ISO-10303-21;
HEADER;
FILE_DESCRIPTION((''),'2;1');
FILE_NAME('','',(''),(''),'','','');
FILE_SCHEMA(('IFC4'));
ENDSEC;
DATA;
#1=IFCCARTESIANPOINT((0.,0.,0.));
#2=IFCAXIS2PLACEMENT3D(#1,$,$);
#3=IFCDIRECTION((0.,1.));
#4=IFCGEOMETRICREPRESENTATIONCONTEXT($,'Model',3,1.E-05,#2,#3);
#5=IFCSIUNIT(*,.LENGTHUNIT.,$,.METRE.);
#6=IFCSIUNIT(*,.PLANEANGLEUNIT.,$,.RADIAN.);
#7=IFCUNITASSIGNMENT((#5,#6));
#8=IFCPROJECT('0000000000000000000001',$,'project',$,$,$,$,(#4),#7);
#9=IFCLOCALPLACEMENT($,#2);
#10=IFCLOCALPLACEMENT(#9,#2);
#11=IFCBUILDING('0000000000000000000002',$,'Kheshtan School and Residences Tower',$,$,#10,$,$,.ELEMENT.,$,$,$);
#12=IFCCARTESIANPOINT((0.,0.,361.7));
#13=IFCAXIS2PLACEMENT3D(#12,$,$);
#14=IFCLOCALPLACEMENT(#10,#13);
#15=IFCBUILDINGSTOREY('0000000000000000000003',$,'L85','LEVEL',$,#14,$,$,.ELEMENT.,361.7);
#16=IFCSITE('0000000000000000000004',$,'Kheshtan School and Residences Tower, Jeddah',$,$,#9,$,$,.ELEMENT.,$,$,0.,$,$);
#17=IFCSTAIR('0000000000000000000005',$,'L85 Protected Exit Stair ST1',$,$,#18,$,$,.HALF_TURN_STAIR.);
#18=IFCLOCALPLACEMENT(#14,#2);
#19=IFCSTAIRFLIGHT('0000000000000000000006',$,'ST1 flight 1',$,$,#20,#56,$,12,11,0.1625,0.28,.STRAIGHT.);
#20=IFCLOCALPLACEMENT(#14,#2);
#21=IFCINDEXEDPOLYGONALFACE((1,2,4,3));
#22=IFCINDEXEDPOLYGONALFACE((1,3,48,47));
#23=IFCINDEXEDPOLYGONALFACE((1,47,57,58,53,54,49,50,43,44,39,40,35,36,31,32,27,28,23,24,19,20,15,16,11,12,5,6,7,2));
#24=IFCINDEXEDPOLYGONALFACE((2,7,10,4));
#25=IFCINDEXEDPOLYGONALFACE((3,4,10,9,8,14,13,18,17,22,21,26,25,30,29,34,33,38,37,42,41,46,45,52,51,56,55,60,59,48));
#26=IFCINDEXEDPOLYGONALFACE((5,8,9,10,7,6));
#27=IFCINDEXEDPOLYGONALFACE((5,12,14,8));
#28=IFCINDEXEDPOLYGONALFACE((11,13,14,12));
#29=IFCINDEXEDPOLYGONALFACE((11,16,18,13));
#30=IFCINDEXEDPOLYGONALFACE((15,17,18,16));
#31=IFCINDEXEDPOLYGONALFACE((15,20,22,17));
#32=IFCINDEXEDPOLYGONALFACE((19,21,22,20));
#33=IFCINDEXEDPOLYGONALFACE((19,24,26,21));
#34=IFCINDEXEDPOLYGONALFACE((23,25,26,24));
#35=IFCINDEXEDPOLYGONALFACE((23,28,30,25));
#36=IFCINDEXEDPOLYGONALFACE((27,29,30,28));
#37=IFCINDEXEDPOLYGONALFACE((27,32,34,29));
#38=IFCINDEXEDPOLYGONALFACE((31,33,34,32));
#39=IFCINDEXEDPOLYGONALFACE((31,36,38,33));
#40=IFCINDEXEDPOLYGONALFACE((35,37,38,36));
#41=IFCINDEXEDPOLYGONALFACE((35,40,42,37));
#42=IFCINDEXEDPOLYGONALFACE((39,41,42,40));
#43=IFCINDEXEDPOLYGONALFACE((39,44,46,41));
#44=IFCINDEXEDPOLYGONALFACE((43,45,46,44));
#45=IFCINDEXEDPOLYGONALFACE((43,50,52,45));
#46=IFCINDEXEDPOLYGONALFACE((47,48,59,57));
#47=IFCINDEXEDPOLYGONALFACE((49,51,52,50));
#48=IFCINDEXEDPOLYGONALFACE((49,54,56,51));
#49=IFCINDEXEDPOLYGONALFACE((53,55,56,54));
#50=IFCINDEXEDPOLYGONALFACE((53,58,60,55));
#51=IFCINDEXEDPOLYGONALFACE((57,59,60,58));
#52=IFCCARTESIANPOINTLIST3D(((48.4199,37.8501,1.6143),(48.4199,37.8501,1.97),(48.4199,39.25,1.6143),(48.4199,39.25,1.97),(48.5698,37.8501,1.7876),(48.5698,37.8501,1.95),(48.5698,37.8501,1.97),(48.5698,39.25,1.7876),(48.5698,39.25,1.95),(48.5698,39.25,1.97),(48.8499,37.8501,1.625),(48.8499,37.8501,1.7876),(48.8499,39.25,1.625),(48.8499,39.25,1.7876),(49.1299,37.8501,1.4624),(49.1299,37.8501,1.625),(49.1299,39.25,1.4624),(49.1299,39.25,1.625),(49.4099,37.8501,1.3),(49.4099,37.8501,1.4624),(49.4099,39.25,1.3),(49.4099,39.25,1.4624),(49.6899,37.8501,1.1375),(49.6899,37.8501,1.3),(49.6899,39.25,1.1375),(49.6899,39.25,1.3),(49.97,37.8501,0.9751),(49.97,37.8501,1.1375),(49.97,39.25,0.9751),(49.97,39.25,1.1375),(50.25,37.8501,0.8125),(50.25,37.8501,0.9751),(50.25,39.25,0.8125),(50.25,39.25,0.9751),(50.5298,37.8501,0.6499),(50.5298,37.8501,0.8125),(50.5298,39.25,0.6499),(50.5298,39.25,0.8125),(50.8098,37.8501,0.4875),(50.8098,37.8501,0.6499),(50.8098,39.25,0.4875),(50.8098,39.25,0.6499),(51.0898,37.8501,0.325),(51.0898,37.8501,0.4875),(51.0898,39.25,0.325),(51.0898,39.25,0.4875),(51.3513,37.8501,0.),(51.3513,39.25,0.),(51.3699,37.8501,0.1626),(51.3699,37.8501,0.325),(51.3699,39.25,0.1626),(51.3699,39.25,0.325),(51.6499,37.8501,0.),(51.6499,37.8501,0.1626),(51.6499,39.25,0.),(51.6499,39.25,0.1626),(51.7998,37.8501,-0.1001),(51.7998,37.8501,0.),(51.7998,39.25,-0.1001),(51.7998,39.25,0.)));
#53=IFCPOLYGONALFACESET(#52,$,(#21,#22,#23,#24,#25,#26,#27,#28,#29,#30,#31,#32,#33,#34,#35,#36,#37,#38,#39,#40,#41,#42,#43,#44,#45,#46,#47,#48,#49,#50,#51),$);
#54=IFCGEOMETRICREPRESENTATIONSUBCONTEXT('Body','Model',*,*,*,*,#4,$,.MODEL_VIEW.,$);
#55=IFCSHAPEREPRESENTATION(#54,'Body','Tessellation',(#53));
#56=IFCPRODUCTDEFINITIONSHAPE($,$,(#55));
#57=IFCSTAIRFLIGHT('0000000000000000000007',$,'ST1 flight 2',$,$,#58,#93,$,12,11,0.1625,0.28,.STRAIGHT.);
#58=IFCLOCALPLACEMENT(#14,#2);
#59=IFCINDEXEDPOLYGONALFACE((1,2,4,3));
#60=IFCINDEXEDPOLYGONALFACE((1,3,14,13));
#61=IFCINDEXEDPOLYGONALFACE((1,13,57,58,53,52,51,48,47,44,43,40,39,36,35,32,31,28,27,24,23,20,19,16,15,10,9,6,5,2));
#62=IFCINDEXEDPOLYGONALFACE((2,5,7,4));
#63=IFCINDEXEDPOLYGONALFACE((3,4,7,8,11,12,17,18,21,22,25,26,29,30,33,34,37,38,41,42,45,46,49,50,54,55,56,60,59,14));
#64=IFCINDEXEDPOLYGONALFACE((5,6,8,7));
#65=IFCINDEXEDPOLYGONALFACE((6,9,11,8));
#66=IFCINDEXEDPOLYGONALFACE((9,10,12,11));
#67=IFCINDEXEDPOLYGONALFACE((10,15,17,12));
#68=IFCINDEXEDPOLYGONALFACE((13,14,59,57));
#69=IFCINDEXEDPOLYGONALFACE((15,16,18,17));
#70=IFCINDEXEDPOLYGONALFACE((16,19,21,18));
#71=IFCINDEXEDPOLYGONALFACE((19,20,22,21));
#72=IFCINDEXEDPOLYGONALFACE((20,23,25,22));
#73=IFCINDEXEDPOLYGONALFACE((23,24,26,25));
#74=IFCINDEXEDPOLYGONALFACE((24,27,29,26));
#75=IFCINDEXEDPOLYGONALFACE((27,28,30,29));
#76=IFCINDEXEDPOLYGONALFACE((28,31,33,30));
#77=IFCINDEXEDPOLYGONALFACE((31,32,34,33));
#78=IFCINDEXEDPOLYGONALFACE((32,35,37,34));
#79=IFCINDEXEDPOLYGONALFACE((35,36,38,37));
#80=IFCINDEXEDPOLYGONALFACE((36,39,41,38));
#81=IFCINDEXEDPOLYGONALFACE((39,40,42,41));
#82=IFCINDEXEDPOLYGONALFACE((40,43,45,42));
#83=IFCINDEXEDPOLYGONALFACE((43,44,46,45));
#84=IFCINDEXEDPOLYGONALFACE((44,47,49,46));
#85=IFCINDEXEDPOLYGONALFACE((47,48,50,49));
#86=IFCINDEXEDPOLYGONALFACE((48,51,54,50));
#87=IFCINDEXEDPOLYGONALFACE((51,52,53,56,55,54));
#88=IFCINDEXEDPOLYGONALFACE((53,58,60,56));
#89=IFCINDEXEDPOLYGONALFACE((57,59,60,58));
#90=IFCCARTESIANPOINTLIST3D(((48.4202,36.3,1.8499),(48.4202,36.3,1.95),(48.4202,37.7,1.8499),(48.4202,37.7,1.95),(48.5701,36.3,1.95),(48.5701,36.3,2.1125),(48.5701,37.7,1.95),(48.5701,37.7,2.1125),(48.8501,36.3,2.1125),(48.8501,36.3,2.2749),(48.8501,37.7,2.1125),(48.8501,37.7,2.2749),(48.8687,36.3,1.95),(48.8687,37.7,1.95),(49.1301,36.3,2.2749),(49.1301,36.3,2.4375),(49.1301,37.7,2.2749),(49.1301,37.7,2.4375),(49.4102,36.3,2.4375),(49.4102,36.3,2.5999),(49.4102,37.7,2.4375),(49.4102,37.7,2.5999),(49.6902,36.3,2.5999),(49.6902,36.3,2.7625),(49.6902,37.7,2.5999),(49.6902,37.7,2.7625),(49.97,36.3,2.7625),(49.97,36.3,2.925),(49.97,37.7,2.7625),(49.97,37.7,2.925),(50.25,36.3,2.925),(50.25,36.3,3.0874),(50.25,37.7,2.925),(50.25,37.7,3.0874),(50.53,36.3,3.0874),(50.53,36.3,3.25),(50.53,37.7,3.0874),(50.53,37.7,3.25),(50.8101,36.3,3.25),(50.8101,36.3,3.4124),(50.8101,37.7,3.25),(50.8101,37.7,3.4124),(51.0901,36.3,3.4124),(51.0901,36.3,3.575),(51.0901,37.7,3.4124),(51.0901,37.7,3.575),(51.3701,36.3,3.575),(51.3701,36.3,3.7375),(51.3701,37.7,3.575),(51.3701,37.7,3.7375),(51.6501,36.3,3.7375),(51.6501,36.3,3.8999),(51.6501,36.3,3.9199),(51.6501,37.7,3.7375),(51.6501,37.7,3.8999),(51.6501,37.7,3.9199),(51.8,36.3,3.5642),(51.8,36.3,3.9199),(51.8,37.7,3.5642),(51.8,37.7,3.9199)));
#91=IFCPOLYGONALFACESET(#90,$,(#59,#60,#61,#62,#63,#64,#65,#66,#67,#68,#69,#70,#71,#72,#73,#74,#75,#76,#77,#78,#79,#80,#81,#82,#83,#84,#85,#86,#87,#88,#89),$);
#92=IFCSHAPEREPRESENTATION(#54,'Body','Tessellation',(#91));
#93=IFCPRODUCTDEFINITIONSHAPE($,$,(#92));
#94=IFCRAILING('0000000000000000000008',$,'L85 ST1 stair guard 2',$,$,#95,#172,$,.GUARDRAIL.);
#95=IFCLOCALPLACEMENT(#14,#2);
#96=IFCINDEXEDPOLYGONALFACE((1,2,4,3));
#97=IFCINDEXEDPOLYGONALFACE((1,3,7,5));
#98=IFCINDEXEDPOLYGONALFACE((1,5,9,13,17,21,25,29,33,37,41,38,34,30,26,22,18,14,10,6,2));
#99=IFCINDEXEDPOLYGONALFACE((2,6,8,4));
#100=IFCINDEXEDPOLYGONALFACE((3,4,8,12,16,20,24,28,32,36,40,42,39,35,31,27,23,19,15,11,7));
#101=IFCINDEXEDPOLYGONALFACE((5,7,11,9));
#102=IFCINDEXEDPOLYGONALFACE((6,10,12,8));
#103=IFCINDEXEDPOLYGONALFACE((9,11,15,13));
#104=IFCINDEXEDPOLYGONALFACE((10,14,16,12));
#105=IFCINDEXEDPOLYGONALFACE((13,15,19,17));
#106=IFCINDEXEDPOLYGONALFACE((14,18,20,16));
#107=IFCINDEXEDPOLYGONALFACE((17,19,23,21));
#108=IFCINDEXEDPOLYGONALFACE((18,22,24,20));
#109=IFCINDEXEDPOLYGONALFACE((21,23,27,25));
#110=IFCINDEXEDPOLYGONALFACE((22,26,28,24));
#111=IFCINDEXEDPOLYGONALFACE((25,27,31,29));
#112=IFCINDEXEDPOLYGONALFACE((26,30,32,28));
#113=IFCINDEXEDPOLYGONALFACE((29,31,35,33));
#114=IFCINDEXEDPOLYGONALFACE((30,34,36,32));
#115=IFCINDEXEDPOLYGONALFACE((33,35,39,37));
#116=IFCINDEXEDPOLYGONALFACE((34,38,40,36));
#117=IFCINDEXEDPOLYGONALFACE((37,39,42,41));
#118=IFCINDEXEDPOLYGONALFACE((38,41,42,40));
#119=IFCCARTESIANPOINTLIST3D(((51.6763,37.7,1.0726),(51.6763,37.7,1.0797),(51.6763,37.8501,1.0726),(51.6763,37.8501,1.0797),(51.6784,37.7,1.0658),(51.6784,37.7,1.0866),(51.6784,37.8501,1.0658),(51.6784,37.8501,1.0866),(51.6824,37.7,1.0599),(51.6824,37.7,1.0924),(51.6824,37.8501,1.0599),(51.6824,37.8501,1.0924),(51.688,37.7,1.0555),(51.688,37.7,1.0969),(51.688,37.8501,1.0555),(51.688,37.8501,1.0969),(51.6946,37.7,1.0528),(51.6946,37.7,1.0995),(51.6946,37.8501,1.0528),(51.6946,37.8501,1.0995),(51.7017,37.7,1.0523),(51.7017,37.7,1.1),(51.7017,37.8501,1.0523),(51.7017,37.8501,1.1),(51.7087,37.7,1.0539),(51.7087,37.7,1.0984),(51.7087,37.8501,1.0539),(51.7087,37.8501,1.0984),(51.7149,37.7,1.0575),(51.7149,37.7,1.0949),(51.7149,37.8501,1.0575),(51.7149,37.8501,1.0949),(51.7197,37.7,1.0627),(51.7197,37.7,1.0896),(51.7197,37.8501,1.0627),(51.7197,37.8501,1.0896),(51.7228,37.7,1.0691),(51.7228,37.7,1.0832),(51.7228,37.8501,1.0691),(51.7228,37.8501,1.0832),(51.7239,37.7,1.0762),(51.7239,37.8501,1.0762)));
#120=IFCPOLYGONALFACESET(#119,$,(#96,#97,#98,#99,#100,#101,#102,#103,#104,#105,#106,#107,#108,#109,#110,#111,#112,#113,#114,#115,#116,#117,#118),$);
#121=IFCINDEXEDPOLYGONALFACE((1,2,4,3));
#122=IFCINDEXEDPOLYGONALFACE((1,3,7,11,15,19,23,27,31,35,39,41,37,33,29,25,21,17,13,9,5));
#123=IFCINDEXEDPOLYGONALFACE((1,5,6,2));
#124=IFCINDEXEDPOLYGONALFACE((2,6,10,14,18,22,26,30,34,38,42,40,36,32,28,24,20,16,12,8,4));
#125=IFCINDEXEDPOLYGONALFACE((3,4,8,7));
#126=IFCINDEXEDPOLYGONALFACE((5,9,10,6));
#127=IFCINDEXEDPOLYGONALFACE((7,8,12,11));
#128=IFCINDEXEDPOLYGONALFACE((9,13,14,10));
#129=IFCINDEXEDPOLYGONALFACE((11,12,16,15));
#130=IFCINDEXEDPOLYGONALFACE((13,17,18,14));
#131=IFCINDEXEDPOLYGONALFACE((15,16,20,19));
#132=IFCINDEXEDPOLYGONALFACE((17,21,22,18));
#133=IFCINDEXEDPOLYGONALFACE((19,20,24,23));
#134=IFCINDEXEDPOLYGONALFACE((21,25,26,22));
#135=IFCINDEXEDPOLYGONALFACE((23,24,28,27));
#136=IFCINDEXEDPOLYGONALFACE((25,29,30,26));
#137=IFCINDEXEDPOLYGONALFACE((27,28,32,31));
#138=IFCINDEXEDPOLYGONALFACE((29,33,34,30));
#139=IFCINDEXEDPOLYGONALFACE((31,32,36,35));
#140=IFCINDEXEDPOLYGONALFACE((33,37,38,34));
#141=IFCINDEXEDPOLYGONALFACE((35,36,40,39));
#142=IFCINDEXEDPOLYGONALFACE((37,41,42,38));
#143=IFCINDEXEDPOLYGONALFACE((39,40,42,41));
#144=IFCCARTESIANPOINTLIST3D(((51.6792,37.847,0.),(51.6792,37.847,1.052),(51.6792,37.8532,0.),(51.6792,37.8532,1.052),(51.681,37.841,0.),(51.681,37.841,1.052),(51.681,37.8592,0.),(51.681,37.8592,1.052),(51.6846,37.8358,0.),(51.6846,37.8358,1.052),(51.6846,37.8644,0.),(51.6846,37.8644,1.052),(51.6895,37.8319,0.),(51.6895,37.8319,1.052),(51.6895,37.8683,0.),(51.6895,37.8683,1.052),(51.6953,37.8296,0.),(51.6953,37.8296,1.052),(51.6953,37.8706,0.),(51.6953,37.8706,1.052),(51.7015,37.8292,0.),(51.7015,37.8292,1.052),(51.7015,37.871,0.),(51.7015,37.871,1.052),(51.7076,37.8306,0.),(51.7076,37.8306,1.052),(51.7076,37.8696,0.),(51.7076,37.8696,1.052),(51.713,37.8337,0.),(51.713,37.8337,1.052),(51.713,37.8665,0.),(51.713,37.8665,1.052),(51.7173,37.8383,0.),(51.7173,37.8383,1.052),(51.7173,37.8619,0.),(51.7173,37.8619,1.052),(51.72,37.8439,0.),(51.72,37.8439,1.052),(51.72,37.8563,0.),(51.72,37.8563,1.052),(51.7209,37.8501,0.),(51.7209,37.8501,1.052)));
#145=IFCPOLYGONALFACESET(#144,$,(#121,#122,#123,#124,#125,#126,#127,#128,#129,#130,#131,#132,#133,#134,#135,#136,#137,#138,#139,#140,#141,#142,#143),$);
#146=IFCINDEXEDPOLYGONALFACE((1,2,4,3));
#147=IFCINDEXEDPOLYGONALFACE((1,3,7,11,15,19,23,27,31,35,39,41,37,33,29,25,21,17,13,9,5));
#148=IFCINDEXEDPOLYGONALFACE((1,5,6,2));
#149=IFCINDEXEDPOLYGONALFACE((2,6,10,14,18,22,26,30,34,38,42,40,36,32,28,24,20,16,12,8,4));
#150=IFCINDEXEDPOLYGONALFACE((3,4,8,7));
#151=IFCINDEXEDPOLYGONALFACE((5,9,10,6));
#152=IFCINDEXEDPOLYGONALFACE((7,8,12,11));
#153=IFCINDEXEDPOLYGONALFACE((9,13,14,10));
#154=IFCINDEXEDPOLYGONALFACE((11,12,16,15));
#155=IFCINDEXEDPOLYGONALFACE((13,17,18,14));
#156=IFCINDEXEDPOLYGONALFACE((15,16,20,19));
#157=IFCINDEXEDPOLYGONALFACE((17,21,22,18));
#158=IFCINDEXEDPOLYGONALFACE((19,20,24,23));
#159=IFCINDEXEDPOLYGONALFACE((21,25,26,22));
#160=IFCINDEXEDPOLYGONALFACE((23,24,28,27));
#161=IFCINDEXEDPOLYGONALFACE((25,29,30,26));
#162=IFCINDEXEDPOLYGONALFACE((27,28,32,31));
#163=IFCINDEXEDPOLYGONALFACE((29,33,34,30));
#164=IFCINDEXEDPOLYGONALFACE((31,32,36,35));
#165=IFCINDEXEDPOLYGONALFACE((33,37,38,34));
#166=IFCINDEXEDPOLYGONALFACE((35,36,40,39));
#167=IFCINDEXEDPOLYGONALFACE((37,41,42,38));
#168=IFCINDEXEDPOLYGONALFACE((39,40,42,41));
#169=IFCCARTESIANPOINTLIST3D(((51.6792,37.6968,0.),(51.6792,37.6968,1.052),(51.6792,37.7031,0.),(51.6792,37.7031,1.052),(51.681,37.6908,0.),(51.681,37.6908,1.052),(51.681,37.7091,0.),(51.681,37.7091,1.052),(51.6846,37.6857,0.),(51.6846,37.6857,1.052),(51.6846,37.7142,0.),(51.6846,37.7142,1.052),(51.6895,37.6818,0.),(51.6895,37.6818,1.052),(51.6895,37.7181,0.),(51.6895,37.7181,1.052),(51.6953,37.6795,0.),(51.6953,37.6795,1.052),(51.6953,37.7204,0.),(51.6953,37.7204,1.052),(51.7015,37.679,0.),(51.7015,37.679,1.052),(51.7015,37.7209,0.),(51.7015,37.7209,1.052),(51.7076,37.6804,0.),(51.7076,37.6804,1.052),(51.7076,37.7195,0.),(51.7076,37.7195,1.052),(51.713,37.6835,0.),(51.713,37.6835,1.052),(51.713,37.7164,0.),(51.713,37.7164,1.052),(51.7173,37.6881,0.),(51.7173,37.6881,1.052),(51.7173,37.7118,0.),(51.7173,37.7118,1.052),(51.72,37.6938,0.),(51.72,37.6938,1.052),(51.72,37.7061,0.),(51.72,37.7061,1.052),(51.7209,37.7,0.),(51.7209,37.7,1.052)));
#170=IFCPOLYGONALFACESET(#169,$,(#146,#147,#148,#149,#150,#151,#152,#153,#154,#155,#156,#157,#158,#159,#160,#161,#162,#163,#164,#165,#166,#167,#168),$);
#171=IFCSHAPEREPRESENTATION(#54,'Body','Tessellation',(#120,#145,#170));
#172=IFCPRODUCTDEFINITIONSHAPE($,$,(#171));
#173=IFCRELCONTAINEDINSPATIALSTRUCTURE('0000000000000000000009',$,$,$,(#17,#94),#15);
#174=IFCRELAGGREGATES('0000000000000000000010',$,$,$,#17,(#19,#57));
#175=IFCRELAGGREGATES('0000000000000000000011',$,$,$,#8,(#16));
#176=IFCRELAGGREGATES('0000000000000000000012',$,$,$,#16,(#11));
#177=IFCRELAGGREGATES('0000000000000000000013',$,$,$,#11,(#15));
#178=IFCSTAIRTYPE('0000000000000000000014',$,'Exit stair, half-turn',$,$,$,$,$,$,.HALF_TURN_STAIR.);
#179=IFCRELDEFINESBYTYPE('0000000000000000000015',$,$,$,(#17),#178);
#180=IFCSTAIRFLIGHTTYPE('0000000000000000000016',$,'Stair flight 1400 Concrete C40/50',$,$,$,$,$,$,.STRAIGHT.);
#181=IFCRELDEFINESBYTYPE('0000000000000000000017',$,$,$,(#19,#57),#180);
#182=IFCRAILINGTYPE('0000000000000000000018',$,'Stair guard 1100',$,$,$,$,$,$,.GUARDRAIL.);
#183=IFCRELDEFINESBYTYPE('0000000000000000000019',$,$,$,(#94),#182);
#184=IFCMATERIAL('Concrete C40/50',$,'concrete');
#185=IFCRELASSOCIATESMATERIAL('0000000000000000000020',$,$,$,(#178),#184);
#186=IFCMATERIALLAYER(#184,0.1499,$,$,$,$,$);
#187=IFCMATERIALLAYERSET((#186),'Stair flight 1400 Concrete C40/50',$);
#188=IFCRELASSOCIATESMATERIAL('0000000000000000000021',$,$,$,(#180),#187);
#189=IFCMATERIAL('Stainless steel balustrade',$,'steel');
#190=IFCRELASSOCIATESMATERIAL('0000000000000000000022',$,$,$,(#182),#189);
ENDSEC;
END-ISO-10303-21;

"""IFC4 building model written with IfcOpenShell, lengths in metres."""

from ifc_helpers import new_model, si_unit, direction, frame, origin, origin_2d, place, context, subcontext, project, spatial, polyline, circle, outline, extrude, material, layer, layer_set, type_object, element, aggregate, save


model = new_model("IFC4")

# Units and contexts
model_context = context("Model", 3, precision=1e-05, world=origin(), true_north=direction((0.0, 1.0)))
body_context = subcontext(model_context, "Body", "Model", "MODEL_VIEW")
ifc_project = project(units=[si_unit("LENGTHUNIT", "METRE"), si_unit("PLANEANGLEUNIT", "RADIAN")], contexts=[model_context])

# Site, building, storey
site_placement = place(None, origin())
site = spatial("IfcSite", under=ifc_project, at=site_placement, Name="Kheshtan School and Residences Tower, Jeddah", CompositionType="ELEMENT", RefElevation=0.0)
building_placement = place(site_placement, origin())
building = spatial("IfcBuilding", under=site, at=building_placement, Name="Kheshtan School and Residences Tower", CompositionType="ELEMENT")
storey_placement = place(building_placement, frame((0.0, 0.0, 361.7)))
storey = spatial("IfcBuildingStorey", under=building, at=storey_placement, Name="L85", Description="LEVEL", CompositionType="ELEMENT", Elevation=361.7)

# Shared definitions
ifc_material_1 = material(Name="Concrete C40/50", Category="concrete")

# Stair, stair flights
stair_type = type_object("IfcStairType", Name="Exit stair, half-turn", PredefinedType="HALF_TURN_STAIR", material=ifc_material_1)
stair_placement = place(storey_placement, origin())
stair = element("IfcStair", 1, at=stair_placement, inside=storey, type_object=stair_type, Name="L85 Protected Exit Stair ST1", PredefinedType="HALF_TURN_STAIR")
ifc_layer_1 = layer(ifc_material_1, 0.1499)
ifc_layer_set_1 = layer_set([ifc_layer_1], Name="Stair flight 1400 Concrete C40/50")
stair_flight_type = type_object("IfcStairFlightType", Name="Stair flight 1400 Concrete C40/50", PredefinedType="STRAIGHT", material=ifc_layer_set_1)
stair_flight_1_placement = place(storey_placement, frame((51.6499, 38.55, 0.0), z_axis=(0.0, 0.0, 1.0), x_axis=(-1.0, 0.0, 0.0)))
stair_flight_1 = element("IfcStairFlight", 2, at=stair_flight_1_placement, type_object=stair_flight_type, Name="ST1 flight 1", NumberOfRisers=12, NumberOfTreads=11, PredefinedType="STRAIGHT", RiserHeight=0.1625, TreadLength=0.28, context=body_context, shape_type="SweptSolid", body=[
    extrude(outline(polyline([(-0.1499, -0.1001), (-0.1499, 0.0), (0.0, 0.0), (0.0, 0.1626), (0.28, 0.1626), (0.28, 0.325), (0.5601, 0.325), (0.5601, 0.4875), (0.8401, 0.4875), (0.8401, 0.6499), (1.1201, 0.6499), (1.1201, 0.8125), (1.3999, 0.8125), (1.3999, 0.9751), (1.6799, 0.9751), (1.6799, 1.1375), (1.96, 1.1375), (1.96, 1.3), (2.24, 1.3), (2.24, 1.4624), (2.52, 1.4624), (2.52, 1.625), (2.8, 1.625), (2.8, 1.7876), (3.0801, 1.7876), (3.0801, 1.95), (3.0801, 1.97), (3.23, 1.97), (3.23, 1.6143), (0.2986, 0.0), (-0.1499, -0.1001)])), frame((0.0, 0.7, 0.0), z_axis=(0.0, -1.0, 0.0), x_axis=(1.0, 0.0, 0.0)), (0.0, 0.0, 1.0), 1.3999),
])
stair_flight_2_placement = place(storey_placement, frame((48.5701, 37.0, 1.95), z_axis=(0.0, 0.0, 1.0), x_axis=(1.0, 0.0, 0.0)))
stair_flight_2 = element("IfcStairFlight", 3, at=stair_flight_2_placement, type_object=stair_flight_type, Name="ST1 flight 2", NumberOfRisers=12, NumberOfTreads=11, PredefinedType="STRAIGHT", RiserHeight=0.1625, TreadLength=0.28, context=body_context, shape_type="SweptSolid", body=[
    extrude(outline(polyline([(-0.1499, -0.1001), (-0.1499, 0.0), (0.0, 0.0), (0.0, 0.1626), (0.28, 0.1626), (0.28, 0.325), (0.5601, 0.325), (0.5601, 0.4875), (0.8401, 0.4875), (0.8401, 0.6499), (1.1201, 0.6499), (1.1201, 0.8125), (1.3999, 0.8125), (1.3999, 0.9751), (1.6799, 0.9751), (1.6799, 1.1375), (1.96, 1.1375), (1.96, 1.3), (2.24, 1.3), (2.24, 1.4624), (2.52, 1.4624), (2.52, 1.625), (2.8, 1.625), (2.8, 1.7876), (3.0801, 1.7876), (3.0801, 1.95), (3.0801, 1.97), (3.23, 1.97), (3.23, 1.6143), (0.2986, 0.0), (-0.1499, -0.1001)])), frame((0.0, 0.7, 0.0), z_axis=(0.0, -1.0, 0.0), x_axis=(1.0, 0.0, 0.0)), (0.0, 0.0, 1.0), 1.3999),
])
aggregate(stair, [stair_flight_1, stair_flight_2])

# Railing
ifc_material_2 = material(Name="Stainless steel balustrade", Category="steel")
railing_type_1 = type_object("IfcRailingType", Name="Stair guard 1100", PredefinedType="GUARDRAIL", material=ifc_material_2)
railing_1_placement = place(storey_placement, frame((51.7, 37.8501, 0.0)))
element("IfcRailing", 4, at=railing_1_placement, inside=storey, type_object=railing_type_1, Name="L85 ST1 stair guard 2", PredefinedType="GUARDRAIL", context=body_context, shape_type="SweptSolid", body=[
    extrude(circle(Radius=0.0239, at=origin_2d()), frame((0.0, 0.0, 1.0762), z_axis=(0.0, -1.0, 0.0), x_axis=(1.0, 0.0, 0.0)), (0.0, 0.0, 1.0), 0.1501),
    extrude(circle(Radius=0.021, at=origin_2d()), origin(), (0.0, 0.0, 1.0), 1.052),
    extrude(circle(Radius=0.021, at=origin_2d()), frame((0.0, -0.1501, 0.0)), (0.0, 0.0, 1.0), 1.052),
])

save(model, "model.ifc")
